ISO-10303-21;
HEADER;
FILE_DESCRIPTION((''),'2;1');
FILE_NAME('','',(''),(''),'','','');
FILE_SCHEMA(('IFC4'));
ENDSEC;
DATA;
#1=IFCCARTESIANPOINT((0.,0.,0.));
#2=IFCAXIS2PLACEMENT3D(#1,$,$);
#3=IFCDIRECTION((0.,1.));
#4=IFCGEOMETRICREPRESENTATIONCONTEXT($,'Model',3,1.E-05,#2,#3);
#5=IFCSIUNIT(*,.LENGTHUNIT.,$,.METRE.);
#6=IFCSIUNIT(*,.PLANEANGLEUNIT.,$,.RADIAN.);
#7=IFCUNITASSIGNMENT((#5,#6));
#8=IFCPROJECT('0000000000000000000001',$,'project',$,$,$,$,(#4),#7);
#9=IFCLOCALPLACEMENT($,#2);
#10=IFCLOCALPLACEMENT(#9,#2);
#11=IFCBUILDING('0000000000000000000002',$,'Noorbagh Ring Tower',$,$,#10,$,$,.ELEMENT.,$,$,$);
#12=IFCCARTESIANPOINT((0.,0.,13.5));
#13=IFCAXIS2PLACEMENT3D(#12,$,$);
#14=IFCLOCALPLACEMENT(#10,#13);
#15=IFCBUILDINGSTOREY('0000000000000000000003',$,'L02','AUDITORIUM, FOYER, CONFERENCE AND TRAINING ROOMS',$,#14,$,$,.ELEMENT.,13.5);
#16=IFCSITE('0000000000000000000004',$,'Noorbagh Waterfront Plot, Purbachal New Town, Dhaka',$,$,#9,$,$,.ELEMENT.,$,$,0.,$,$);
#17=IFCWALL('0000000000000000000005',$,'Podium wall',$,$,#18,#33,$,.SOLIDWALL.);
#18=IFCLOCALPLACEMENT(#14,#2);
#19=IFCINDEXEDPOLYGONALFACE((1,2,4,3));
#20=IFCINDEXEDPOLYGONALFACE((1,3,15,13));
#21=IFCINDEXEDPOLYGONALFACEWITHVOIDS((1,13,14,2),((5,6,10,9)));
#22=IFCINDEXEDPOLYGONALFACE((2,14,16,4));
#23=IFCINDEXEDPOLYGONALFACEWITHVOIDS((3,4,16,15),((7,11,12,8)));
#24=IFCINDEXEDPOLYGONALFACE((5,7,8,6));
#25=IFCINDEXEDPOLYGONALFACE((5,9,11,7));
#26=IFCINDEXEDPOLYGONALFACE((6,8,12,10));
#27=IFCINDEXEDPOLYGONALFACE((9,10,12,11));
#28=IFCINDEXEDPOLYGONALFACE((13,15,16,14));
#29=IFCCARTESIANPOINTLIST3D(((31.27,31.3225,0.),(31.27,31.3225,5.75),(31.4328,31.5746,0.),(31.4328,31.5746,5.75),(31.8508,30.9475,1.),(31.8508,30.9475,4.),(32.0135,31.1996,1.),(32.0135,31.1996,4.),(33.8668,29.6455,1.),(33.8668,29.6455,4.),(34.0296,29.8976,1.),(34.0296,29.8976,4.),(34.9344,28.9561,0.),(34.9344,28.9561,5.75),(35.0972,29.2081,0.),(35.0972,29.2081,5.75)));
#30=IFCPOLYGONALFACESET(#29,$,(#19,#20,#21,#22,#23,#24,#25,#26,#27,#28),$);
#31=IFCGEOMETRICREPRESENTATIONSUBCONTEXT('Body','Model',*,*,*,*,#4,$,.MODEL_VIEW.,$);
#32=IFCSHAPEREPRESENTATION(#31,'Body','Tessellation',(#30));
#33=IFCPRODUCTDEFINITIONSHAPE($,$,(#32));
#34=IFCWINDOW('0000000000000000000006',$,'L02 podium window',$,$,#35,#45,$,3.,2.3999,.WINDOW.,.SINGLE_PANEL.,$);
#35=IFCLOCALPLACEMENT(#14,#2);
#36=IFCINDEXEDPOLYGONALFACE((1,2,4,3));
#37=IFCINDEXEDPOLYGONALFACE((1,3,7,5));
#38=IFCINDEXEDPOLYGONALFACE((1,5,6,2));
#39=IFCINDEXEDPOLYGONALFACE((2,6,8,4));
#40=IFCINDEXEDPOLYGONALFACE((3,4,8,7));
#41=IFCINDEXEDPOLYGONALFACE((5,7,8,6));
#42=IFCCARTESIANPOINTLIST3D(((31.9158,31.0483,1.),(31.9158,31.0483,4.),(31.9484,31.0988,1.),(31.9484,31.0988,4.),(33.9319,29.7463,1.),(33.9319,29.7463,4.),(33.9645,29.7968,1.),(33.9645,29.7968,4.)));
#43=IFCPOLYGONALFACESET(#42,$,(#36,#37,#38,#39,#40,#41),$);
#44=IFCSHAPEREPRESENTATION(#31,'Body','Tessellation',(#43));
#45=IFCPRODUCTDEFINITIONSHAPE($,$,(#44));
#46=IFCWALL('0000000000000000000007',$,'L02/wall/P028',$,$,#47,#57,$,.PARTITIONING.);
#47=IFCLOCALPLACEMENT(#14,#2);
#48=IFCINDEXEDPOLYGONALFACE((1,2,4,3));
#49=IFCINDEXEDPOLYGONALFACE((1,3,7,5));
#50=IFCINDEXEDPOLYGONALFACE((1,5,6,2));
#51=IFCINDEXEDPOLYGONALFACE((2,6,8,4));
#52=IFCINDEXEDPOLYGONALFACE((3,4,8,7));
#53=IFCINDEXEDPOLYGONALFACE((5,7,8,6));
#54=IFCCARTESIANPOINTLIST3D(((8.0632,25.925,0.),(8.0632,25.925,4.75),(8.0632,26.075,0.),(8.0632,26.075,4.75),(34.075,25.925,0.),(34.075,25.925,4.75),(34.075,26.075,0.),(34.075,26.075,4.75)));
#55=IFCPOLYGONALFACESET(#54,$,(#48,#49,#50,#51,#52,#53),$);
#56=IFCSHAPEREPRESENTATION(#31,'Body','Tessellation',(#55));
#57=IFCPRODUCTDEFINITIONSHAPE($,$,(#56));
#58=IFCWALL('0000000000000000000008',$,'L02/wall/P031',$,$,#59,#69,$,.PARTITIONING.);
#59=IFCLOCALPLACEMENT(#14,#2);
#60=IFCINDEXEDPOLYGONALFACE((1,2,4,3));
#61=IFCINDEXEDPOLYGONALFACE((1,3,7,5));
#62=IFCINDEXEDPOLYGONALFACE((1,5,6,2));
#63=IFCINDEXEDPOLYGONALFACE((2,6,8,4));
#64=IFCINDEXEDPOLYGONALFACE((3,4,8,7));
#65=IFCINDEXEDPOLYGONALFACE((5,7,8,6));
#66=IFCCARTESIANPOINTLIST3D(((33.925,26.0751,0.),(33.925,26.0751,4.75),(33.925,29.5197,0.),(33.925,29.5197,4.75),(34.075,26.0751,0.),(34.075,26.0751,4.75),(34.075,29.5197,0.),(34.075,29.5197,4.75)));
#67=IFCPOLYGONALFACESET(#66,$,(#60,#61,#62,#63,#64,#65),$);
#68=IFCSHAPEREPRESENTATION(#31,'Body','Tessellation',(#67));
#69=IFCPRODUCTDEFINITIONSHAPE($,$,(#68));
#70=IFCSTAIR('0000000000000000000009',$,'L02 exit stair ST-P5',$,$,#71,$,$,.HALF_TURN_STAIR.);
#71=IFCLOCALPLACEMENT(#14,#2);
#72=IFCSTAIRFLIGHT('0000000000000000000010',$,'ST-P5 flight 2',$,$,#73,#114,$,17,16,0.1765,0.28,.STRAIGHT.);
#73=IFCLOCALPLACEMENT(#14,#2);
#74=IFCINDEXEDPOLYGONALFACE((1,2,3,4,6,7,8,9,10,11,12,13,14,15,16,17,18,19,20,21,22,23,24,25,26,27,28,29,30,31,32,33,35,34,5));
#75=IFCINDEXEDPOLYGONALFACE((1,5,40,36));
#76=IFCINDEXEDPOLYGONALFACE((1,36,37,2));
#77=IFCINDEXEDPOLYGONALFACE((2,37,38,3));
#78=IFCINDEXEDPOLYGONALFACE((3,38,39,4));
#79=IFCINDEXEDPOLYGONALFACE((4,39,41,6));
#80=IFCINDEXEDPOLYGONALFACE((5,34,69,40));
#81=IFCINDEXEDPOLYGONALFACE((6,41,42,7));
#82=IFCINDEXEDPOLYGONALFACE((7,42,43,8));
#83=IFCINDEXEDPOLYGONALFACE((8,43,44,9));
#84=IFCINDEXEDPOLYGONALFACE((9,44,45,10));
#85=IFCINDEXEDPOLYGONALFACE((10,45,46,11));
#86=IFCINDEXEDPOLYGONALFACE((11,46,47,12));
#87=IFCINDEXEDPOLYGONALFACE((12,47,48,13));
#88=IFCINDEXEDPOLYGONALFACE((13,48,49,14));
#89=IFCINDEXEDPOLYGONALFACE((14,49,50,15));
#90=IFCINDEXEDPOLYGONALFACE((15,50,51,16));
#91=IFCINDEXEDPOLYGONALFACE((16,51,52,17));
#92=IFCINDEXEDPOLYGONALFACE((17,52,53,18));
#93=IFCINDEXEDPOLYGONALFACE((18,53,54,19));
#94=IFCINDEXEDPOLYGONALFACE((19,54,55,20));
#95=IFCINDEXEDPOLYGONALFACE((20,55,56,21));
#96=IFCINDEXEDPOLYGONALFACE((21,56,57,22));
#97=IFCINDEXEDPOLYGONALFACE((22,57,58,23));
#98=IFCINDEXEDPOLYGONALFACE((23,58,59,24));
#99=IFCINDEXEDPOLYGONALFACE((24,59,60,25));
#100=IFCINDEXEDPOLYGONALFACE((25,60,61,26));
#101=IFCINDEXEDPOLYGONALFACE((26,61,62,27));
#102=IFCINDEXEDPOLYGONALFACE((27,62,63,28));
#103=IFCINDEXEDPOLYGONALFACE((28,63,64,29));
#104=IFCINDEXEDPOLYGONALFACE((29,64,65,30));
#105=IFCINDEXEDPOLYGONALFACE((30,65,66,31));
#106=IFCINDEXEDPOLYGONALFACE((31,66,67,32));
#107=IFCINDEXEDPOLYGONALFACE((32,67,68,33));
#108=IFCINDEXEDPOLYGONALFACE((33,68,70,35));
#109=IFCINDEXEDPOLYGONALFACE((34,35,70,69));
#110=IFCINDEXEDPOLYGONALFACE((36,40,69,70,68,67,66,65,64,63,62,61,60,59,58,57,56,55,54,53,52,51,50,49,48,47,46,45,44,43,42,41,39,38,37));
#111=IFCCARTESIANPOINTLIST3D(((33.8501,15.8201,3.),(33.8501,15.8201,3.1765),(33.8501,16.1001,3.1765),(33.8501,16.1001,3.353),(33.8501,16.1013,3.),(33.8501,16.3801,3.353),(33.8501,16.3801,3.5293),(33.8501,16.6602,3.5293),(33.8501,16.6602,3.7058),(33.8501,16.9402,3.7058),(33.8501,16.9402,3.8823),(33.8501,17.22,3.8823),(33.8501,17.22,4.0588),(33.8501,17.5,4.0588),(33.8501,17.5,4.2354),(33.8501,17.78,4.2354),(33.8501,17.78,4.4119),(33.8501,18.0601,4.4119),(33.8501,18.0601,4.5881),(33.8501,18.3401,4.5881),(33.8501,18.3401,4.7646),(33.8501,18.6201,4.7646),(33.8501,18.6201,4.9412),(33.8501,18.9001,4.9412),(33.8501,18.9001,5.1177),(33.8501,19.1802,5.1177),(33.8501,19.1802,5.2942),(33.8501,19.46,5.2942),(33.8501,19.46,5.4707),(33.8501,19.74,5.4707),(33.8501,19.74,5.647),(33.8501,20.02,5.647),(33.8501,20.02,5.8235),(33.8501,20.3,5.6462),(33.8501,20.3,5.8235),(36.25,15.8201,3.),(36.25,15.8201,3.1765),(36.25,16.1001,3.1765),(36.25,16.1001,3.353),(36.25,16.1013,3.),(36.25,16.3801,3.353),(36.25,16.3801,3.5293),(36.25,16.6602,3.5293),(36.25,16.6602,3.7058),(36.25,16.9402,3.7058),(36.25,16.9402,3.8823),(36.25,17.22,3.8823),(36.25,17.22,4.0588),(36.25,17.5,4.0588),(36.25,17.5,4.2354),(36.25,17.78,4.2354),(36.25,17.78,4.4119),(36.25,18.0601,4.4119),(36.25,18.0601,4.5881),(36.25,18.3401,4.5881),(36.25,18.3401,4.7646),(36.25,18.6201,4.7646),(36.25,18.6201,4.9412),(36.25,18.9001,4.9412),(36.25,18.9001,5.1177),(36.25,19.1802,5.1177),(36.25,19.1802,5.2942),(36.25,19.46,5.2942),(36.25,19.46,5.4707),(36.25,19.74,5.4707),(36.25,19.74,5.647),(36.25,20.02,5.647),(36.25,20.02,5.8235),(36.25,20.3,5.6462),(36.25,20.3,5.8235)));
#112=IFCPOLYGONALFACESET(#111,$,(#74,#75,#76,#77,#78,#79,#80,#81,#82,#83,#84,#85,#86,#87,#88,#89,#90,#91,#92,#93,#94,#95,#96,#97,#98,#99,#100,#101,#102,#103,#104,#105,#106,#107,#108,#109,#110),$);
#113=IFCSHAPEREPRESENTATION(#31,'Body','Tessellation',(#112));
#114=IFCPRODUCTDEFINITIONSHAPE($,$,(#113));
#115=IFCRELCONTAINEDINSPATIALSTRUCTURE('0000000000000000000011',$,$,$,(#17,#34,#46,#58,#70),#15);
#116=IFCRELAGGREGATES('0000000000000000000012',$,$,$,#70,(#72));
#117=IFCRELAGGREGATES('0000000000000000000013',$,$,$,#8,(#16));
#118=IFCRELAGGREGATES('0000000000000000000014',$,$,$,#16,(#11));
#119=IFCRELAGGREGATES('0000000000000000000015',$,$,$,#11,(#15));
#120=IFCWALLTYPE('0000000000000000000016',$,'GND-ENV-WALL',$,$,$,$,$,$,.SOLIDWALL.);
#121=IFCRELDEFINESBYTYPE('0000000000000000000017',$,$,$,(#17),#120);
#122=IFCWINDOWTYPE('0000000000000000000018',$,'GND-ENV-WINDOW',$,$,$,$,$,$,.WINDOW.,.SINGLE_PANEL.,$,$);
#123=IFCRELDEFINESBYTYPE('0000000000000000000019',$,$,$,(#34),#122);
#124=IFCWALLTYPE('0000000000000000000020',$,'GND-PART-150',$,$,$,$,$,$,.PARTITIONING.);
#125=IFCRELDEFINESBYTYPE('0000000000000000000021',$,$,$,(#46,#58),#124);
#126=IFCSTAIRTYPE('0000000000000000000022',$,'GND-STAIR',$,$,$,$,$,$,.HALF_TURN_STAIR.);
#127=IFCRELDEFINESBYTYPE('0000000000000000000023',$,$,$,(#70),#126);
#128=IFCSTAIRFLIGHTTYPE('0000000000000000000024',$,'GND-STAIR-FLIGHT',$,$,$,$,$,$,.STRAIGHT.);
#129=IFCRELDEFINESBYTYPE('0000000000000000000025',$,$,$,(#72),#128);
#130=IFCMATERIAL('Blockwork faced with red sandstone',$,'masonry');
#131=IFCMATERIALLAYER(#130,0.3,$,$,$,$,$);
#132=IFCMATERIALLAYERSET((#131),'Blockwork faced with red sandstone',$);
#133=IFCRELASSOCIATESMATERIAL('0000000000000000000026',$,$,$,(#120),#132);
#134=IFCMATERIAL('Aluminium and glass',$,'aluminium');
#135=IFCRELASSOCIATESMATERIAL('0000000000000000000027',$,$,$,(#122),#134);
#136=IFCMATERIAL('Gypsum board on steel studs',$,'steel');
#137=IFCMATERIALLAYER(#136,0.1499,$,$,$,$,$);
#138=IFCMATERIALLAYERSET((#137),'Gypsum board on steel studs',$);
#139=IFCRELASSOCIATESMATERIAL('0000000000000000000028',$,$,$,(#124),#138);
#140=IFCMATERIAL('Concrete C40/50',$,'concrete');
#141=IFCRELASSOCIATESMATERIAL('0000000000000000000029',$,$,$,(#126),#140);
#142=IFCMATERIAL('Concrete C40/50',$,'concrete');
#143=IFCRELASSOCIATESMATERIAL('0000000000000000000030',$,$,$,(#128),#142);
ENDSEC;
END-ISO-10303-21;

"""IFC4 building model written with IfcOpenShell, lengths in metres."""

from ifc_helpers import new_model, si_unit, direction, frame, frame_2d, origin, place, context, subcontext, project, spatial, polyline, rectangle, outline, extrude, material, layer, layer_set, type_object, element, fill, aggregate, save


model = new_model("IFC4")

# Units and contexts
model_context = context("Model", 3, precision=1e-05, world=origin(), true_north=direction((0.0, 1.0)))
body_context = subcontext(model_context, "Body", "Model", "MODEL_VIEW")
ifc_project = project(units=[si_unit("LENGTHUNIT", "METRE"), si_unit("PLANEANGLEUNIT", "RADIAN")], contexts=[model_context])

# Site, building, storey
site_placement = place(None, origin())
site = spatial("IfcSite", under=ifc_project, at=site_placement, Name="Noorbagh Waterfront Plot, Purbachal New Town, Dhaka", CompositionType="ELEMENT", RefElevation=0.0)
building_placement = place(site_placement, origin())
building = spatial("IfcBuilding", under=site, at=building_placement, Name="Noorbagh Ring Tower", CompositionType="ELEMENT")
storey_placement = place(building_placement, frame((0.0, 0.0, 13.5)))
storey = spatial("IfcBuildingStorey", under=building, at=storey_placement, Name="L02", Description="AUDITORIUM, FOYER, CONFERENCE AND TRAINING ROOMS", CompositionType="ELEMENT", Elevation=13.5)

# Wall, opening, window
ifc_material_1 = material(Name="Blockwork faced with red sandstone", Category="masonry")
ifc_layer_1 = layer(ifc_material_1, 0.3)
ifc_layer_set_1 = layer_set([ifc_layer_1], Name="Blockwork faced with red sandstone")
wall_type_1 = type_object("IfcWallType", Name="GND-ENV-WALL", PredefinedType="SOLIDWALL", material=ifc_layer_set_1)
ifc_material_2 = material(Name="Aluminium and glass", Category="aluminium")
window_type = type_object("IfcWindowType", Name="GND-ENV-WINDOW", PartitioningType="SINGLE_PANEL", PredefinedType="WINDOW", material=ifc_material_2)
wall_1_placement = place(storey_placement, frame((35.0159, 29.082, 0.0), z_axis=(0.0, 0.0, 1.0), x_axis=(-0.840047, 0.542513, 0.0)))
wall_1 = element("IfcWall", 1, at=wall_1_placement, inside=storey, type_object=wall_type_1, Name="Podium wall", PredefinedType="SOLIDWALL", context=body_context, shape_type="SweptSolid", body=[
    extrude(rectangle(XDim=4.3621, YDim=0.3, at=frame_2d((2.1812, 0.0))), origin(), (0.0, 0.0, 1.0), 5.75),
])
opening_1_placement = place(wall_1_placement, frame((1.271, 0.0, 1.0)))
opening_1 = element("IfcOpeningElement", 2, at=opening_1_placement, cuts=wall_1, PredefinedType="OPENING", context=body_context, shape_type="SweptSolid", body=[
    extrude(rectangle(XDim=2.3999, YDim=3.0, at=frame_2d((1.2, 1.5))), frame((0.0, 0.1602, 0.0), z_axis=(0.0, -1.0, 0.0), x_axis=(1.0, 0.0, 0.0)), (0.0, 0.0, 1.0), 0.3201),
])
window_1_placement = place(opening_1_placement, origin())
window_1 = element("IfcWindow", 3, at=window_1_placement, inside=storey, type_object=window_type, Name="L02 podium window", OverallHeight=3.0, OverallWidth=2.3999, PartitioningType="SINGLE_PANEL", PredefinedType="WINDOW", context=body_context, shape_type="SweptSolid", body=[
    extrude(rectangle(XDim=2.3999, YDim=3.0, at=frame_2d((1.2, 1.5))), frame((0.0, 0.03, 0.0), z_axis=(0.0, -1.0, 0.0), x_axis=(1.0, 0.0, 0.0)), (0.0, 0.0, 1.0), 0.0601),
])
fill(opening_1, window_1)

# Walls
ifc_material_3 = material(Name="Gypsum board on steel studs", Category="steel")
ifc_layer_2 = layer(ifc_material_3, 0.1499)
ifc_layer_set_2 = layer_set([ifc_layer_2], Name="Gypsum board on steel studs")
wall_type_2 = type_object("IfcWallType", Name="GND-PART-150", PredefinedType="PARTITIONING", material=ifc_layer_set_2)
wall_2_placement = place(storey_placement, frame((34.075, 26.0, 0.0), z_axis=(0.0, 0.0, 1.0), x_axis=(-1.0, 0.0, 0.0)))
element("IfcWall", 4, at=wall_2_placement, inside=storey, type_object=wall_type_2, Name="L02/wall/P028", PredefinedType="PARTITIONING", context=body_context, shape_type="SweptSolid", body=[
    extrude(rectangle(XDim=26.0117, YDim=0.1499, at=frame_2d((13.0059, 0.0))), origin(), (0.0, 0.0, 1.0), 4.75),
])
wall_3_placement = place(storey_placement, frame((34.0, 29.5195, 0.0), z_axis=(0.0, 0.0, 1.0), x_axis=(0.0, -1.0, 0.0)))
element("IfcWall", 5, at=wall_3_placement, inside=storey, type_object=wall_type_2, Name="L02/wall/P031", PredefinedType="PARTITIONING", context=body_context, shape_type="SweptSolid", body=[
    extrude(rectangle(XDim=3.4446, YDim=0.1499, at=frame_2d((1.7222, 0.0))), origin(), (0.0, 0.0, 1.0), 4.75),
])

# Stair, stair flight
ifc_material_4 = material(Name="Concrete C40/50", Category="concrete")
stair_type = type_object("IfcStairType", Name="GND-STAIR", PredefinedType="HALF_TURN_STAIR", material=ifc_material_4)
stair_placement = place(storey_placement, origin())
stair = element("IfcStair", 6, at=stair_placement, inside=storey, type_object=stair_type, Name="L02 exit stair ST-P5", PredefinedType="HALF_TURN_STAIR")
ifc_material_5 = material(Name="Concrete C40/50", Category="concrete")
stair_flight_type = type_object("IfcStairFlightType", Name="GND-STAIR-FLIGHT", PredefinedType="STRAIGHT", material=ifc_material_5)
stair_flight_placement = place(storey_placement, frame((35.05, 15.8201, 3.0), z_axis=(0.0, 0.0, 1.0), x_axis=(0.0, 1.0, 0.0)))
stair_flight = element("IfcStairFlight", 7, at=stair_flight_placement, type_object=stair_flight_type, Name="ST-P5 flight 2", NumberOfRisers=17, NumberOfTreads=16, PredefinedType="STRAIGHT", RiserHeight=0.1765, TreadLength=0.28, context=body_context, shape_type="SweptSolid", body=[
    extrude(outline(polyline([(0.0, 0.0), (0.0, 0.1765), (0.28, 0.1765), (0.28, 0.353), (0.5601, 0.353), (0.5601, 0.5293), (0.8401, 0.5293), (0.8401, 0.7058), (1.1201, 0.7058), (1.1201, 0.8823), (1.3999, 0.8823), (1.3999, 1.0588), (1.6799, 1.0588), (1.6799, 1.2354), (1.96, 1.2354), (1.96, 1.4119), (2.24, 1.4119), (2.24, 1.5881), (2.52, 1.5881), (2.52, 1.7646), (2.8, 1.7646), (2.8, 1.9412), (3.0801, 1.9412), (3.0801, 2.1177), (3.3601, 2.1177), (3.3601, 2.2942), (3.6399, 2.2942), (3.6399, 2.4707), (3.9199, 2.4707), (3.9199, 2.647), (4.2, 2.647), (4.2, 2.8235), (4.48, 2.8235), (4.48, 3.0), (4.48, 2.6462), (0.2812, 0.0), (0.0, 0.0)])), frame((0.0, 1.2, 0.0), z_axis=(0.0, -1.0, 0.0), x_axis=(1.0, 0.0, 0.0)), (0.0, 0.0, 1.0), 2.3999),
])
aggregate(stair, [stair_flight])

save(model, "model.ifc")
